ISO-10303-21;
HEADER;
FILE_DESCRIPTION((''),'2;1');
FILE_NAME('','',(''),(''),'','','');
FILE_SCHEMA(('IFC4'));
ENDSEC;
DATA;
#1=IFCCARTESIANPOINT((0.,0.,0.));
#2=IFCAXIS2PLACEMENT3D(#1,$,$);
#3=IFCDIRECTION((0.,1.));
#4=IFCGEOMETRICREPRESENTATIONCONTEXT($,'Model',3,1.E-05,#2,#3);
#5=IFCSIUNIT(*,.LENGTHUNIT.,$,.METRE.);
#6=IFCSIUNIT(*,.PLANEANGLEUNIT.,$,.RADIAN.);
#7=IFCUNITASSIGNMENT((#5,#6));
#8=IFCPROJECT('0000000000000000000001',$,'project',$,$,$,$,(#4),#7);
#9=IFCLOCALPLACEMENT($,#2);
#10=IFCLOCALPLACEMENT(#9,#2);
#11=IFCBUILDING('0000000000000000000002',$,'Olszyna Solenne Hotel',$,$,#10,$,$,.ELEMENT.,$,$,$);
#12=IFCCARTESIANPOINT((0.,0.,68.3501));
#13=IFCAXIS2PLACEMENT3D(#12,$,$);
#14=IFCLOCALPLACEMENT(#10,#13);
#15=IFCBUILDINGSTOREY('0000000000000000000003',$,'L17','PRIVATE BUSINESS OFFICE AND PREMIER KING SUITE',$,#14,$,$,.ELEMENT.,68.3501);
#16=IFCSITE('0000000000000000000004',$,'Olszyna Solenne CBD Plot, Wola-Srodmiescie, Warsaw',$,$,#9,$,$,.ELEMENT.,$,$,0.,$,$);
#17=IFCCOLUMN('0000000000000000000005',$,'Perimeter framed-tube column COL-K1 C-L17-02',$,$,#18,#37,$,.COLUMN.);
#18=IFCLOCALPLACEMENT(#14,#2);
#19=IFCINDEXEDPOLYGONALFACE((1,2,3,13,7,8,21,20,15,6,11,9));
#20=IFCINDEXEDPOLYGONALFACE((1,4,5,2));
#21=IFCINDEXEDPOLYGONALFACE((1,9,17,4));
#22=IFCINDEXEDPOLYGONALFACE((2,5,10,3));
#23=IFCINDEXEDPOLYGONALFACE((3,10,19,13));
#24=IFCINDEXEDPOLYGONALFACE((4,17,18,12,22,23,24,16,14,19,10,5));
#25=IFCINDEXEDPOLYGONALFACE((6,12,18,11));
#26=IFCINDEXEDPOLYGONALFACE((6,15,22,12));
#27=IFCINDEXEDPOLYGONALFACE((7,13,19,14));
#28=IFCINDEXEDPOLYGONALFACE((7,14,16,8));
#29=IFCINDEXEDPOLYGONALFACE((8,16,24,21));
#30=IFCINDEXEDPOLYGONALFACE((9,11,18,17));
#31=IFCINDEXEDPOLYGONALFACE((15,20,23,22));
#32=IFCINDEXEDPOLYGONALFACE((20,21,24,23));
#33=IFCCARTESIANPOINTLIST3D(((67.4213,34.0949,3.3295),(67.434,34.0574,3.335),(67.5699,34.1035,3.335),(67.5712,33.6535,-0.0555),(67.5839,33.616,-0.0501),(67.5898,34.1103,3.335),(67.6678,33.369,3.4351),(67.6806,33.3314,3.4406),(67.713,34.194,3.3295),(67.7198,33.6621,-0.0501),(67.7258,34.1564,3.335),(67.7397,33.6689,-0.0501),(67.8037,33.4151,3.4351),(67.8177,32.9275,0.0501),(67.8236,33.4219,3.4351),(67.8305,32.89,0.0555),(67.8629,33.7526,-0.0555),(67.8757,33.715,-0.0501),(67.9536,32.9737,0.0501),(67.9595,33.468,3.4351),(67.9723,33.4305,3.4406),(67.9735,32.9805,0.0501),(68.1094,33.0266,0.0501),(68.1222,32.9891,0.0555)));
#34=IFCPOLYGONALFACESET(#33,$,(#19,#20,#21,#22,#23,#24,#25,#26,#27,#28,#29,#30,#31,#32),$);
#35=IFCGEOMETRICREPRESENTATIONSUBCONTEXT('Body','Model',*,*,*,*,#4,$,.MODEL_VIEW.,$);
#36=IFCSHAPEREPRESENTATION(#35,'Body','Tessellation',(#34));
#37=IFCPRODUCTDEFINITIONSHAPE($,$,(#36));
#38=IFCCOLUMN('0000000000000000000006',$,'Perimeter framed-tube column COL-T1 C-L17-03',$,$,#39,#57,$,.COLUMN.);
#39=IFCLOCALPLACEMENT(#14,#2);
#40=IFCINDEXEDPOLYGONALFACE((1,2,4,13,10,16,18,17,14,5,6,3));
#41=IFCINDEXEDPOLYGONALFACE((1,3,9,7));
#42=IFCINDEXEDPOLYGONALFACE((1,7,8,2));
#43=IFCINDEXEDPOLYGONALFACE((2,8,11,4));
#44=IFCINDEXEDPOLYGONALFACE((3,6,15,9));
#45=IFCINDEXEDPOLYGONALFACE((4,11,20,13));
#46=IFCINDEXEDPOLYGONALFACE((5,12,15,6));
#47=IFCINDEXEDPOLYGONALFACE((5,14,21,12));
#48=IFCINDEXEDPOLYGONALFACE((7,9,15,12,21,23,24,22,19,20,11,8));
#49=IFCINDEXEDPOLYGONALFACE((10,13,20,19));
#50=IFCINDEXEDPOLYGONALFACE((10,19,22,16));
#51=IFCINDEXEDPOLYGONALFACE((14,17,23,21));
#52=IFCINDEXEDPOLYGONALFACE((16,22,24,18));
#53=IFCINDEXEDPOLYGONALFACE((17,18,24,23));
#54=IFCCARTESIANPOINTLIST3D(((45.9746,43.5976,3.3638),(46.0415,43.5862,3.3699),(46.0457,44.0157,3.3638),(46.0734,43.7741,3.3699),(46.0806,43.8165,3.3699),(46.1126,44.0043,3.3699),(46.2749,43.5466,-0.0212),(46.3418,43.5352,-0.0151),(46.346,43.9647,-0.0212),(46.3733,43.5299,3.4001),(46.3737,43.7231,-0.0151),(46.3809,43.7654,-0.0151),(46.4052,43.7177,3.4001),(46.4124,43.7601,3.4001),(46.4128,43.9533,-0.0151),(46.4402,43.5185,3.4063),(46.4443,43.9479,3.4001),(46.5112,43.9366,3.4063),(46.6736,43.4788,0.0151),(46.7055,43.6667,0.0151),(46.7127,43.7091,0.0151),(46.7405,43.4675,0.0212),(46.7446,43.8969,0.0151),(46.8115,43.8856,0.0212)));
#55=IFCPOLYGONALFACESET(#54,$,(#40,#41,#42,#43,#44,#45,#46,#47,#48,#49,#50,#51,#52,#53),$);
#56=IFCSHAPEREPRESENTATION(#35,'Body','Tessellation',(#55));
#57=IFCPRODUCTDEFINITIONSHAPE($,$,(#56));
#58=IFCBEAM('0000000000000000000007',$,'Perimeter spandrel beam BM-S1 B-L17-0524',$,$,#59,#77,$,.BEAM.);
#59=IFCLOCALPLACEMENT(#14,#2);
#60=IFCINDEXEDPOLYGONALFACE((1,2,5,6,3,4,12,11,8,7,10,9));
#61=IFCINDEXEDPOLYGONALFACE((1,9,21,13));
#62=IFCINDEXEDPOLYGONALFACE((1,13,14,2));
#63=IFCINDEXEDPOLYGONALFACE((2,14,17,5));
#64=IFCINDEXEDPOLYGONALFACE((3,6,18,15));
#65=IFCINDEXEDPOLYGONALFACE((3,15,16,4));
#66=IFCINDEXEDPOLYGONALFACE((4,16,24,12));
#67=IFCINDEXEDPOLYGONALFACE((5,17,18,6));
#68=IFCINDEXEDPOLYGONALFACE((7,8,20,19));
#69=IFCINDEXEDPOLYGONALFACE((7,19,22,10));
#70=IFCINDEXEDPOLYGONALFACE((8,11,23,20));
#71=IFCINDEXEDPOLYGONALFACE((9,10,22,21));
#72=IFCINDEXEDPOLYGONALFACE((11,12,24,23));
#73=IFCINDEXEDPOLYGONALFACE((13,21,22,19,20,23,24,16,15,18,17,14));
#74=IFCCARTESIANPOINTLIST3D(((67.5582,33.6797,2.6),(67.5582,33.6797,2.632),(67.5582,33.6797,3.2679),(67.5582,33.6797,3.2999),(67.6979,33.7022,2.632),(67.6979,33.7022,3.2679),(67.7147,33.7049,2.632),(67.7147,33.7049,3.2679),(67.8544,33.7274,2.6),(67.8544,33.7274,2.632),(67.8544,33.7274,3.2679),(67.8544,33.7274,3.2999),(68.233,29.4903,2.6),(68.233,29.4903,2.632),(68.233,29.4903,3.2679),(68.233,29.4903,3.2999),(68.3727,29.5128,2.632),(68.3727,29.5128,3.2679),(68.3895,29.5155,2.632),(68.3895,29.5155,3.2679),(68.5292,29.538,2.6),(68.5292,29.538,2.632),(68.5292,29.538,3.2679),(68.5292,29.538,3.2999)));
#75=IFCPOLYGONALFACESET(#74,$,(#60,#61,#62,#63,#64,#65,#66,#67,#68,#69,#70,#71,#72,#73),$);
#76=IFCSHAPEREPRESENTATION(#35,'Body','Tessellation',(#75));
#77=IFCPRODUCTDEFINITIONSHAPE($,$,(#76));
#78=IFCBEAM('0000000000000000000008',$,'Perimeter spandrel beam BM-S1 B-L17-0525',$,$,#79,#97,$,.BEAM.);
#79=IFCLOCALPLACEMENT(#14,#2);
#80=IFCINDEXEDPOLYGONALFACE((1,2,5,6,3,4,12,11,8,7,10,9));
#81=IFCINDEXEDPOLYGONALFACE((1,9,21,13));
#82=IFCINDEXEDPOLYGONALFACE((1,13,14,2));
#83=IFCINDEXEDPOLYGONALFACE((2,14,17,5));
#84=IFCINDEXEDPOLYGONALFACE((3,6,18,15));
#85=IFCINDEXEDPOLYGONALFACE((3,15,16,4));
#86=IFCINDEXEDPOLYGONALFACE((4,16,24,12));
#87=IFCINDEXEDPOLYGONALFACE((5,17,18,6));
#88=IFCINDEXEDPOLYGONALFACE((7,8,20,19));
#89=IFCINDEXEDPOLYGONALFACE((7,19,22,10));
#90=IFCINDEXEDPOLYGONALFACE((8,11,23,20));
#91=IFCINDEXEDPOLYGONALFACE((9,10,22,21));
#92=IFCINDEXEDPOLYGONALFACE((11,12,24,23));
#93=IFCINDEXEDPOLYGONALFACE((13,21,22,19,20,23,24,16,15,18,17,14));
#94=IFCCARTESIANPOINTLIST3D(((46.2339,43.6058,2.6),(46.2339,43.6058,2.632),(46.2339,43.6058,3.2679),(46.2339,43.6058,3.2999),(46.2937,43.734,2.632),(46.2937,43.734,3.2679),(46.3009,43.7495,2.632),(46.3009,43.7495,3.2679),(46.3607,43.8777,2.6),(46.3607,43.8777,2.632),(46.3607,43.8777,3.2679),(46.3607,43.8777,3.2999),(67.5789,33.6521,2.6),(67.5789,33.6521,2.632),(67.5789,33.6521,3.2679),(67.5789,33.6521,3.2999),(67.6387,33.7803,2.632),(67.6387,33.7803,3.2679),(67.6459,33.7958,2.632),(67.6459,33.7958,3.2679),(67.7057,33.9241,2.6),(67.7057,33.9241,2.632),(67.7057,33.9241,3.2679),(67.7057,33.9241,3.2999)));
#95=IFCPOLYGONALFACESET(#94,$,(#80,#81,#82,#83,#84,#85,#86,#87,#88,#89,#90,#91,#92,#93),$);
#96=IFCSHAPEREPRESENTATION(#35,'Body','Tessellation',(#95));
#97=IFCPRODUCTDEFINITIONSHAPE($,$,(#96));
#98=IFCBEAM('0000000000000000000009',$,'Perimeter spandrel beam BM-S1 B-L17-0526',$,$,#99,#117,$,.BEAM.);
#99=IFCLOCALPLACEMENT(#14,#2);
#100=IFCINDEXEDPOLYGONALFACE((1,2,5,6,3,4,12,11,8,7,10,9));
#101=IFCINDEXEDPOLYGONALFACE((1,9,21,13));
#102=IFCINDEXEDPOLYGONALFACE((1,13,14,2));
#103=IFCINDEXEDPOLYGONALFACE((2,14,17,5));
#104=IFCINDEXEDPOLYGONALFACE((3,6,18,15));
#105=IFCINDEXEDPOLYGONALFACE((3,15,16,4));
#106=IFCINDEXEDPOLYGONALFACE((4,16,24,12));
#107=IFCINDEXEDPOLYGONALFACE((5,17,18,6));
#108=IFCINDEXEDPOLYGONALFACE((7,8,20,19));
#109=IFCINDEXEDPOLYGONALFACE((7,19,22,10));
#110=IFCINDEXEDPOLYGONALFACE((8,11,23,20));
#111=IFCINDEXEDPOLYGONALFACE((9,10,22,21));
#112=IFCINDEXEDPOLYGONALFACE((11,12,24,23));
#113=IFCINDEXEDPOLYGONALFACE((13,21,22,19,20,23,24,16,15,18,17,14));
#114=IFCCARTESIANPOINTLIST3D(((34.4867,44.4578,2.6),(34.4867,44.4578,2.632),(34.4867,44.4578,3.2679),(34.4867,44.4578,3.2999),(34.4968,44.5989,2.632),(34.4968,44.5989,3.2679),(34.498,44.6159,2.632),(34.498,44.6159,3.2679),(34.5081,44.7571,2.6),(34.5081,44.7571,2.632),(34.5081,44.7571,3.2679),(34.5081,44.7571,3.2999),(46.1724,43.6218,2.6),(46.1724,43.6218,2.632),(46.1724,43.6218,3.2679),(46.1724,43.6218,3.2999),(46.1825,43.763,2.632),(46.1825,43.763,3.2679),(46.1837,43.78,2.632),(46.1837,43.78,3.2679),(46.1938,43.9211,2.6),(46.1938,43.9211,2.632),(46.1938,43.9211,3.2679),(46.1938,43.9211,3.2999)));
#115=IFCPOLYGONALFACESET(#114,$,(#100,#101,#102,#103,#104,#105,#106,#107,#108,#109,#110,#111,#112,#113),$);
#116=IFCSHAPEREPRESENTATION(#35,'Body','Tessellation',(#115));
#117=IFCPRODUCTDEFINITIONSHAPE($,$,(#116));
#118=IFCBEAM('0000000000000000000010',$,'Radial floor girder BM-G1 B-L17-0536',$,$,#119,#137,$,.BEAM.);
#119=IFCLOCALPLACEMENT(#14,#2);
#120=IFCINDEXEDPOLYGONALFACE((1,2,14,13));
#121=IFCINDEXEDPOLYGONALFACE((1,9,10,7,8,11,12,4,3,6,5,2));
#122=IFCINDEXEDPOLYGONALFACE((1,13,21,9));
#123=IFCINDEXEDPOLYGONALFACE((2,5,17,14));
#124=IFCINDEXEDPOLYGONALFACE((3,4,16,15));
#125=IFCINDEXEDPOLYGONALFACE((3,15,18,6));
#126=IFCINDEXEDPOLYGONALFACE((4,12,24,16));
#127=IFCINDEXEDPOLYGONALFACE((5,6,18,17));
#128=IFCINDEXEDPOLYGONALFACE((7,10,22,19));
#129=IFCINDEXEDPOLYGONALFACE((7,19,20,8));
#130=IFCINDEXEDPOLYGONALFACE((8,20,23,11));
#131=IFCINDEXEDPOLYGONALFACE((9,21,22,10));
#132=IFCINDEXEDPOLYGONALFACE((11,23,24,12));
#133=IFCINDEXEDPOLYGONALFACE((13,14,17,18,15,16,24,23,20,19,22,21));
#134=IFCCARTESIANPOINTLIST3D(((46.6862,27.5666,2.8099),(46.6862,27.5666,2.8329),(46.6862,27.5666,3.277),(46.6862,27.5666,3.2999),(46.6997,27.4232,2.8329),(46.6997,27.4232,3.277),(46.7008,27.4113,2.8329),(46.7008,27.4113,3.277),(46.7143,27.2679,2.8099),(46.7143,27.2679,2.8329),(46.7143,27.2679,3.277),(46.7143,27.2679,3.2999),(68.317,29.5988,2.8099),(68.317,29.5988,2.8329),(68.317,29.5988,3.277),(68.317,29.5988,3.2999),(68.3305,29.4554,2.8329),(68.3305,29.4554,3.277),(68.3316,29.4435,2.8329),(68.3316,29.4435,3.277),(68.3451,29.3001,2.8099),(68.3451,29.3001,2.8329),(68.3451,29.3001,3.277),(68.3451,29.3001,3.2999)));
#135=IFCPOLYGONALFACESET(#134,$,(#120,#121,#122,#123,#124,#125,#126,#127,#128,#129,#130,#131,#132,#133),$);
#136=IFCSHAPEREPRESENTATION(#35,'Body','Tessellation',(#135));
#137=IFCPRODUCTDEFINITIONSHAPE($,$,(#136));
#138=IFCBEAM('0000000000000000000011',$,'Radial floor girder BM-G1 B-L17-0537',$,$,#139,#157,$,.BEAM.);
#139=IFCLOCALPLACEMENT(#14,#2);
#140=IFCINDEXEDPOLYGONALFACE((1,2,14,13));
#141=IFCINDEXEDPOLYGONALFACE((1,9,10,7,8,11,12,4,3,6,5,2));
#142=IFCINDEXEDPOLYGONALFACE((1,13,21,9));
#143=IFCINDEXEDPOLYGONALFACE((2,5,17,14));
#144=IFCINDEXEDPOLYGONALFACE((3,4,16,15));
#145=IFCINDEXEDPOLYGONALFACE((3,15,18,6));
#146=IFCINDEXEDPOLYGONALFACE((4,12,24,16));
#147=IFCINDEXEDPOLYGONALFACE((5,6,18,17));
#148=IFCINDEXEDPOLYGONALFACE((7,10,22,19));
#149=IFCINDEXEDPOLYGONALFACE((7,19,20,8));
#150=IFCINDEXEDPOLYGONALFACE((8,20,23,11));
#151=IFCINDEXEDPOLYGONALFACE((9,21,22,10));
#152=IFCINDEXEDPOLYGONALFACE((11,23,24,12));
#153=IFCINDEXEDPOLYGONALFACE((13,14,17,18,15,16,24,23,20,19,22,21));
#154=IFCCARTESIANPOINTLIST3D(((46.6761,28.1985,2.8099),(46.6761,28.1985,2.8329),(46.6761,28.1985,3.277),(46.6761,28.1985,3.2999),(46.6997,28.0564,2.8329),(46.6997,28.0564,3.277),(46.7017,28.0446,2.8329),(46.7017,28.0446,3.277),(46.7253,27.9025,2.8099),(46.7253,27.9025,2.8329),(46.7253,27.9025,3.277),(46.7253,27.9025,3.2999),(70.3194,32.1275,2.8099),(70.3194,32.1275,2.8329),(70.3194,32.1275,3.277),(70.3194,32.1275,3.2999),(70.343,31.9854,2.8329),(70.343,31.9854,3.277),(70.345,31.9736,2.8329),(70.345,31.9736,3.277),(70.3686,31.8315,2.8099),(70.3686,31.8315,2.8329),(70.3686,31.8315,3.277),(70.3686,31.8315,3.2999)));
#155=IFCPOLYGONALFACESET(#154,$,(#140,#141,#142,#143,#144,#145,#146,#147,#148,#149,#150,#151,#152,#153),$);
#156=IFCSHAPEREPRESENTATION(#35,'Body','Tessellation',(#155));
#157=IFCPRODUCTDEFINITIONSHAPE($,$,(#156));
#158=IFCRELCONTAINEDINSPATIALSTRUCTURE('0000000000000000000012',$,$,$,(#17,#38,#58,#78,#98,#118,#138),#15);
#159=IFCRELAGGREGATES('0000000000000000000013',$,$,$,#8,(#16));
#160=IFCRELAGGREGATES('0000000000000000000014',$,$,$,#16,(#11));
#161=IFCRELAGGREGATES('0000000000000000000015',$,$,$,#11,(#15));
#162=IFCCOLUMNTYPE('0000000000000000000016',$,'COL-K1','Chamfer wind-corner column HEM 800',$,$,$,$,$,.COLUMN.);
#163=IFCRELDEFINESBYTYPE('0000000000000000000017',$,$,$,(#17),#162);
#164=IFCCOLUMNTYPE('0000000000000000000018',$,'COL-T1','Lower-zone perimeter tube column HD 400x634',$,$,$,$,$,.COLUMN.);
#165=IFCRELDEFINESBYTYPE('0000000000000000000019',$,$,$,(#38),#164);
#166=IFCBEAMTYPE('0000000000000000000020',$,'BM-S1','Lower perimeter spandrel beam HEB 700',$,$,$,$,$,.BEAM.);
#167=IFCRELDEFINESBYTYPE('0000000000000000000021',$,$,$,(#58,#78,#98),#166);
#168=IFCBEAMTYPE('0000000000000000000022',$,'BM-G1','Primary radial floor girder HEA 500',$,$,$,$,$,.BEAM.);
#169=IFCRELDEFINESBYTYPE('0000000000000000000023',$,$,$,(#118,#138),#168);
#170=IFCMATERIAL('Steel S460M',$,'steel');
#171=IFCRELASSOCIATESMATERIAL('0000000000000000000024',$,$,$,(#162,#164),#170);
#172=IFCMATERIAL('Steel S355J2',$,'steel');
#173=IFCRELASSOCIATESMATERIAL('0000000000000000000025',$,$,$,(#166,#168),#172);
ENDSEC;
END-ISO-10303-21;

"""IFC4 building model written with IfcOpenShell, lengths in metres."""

from ifc_helpers import new_model, si_unit, direction, frame, origin, origin_2d, place, context, subcontext, project, spatial, i_section, extrude, source, transform, mapped, material, material_profile, profile_set, type_object, element, save


model = new_model("IFC4")

# Units and contexts
model_context = context("Model", 3, precision=1e-05, world=origin(), true_north=direction((0.0, 1.0)))
body_context = subcontext(model_context, "Body", "Model", "MODEL_VIEW")
ifc_project = project(units=[si_unit("LENGTHUNIT", "METRE"), si_unit("PLANEANGLEUNIT", "RADIAN")], contexts=[model_context])

# Site, building, storey
site_placement = place(None, origin())
site = spatial("IfcSite", under=ifc_project, at=site_placement, Name="Olszyna Solenne CBD Plot, Wola-Srodmiescie, Warsaw", CompositionType="ELEMENT", RefElevation=0.0)
building_placement = place(site_placement, origin())
building = spatial("IfcBuilding", under=site, at=building_placement, Name="Olszyna Solenne Hotel", CompositionType="ELEMENT")
storey_placement = place(building_placement, frame((0.0, 0.0, 68.3501)))
storey = spatial("IfcBuildingStorey", under=building, at=storey_placement, Name="L17", Description="PRIVATE BUSINESS OFFICE AND PREMIER KING SUITE", CompositionType="ELEMENT", Elevation=68.3501)

# Columns
ifc_material_1 = material(Name="Steel S460M", Category="steel")
ifc_material_profile_1 = material_profile(ifc_material_1, i_section(OverallWidth=0.3081, OverallDepth=0.814, WebThickness=0.021, FlangeThickness=0.04, at=origin_2d()), Name="HEM 800", Category="load-bearing")
ifc_profile_set_1 = profile_set([ifc_material_profile_1], Name="Steel S460M")
column_type_1 = type_object("IfcColumnType", Name="COL-K1", Description="Chamfer wind-corner column HEM 800", PredefinedType="COLUMN", material=ifc_profile_set_1)
shared_shape_1 = source(origin(), body_context, "Body", "SweptSolid", [
    extrude(i_section(OverallWidth=0.3081, OverallDepth=0.814, WebThickness=0.021, FlangeThickness=0.04, at=origin_2d()), origin(), (0.0, 0.0, 1.0), 3.417),
])
column_1_placement = place(storey_placement, frame((67.8467, 33.3213, 0.0), z_axis=(-0.04387, 0.129181, 0.99065), x_axis=(-0.946888, -0.321565, 0.0)))
element("IfcColumn", 1, at=column_1_placement, inside=storey, type_object=column_type_1, Name="Perimeter framed-tube column COL-K1 C-L17-02", PredefinedType="COLUMN", context=body_context, shape_type="MappedRepresentation", body=[
    mapped(shared_shape_1, transform((0.0, 0.0, 0.0), x_axis=(1.0, 0.0, 0.0), y_axis=(0.0, 1.0, 0.0), z_axis=(0.0, 0.0, 1.0), scale=1.0)),
])
ifc_material_profile_2 = material_profile(ifc_material_1, i_section(OverallWidth=0.4241, OverallDepth=0.4741, WebThickness=0.043, FlangeThickness=0.0681, at=origin_2d()), Name="HD 400x634", Category="load-bearing")
ifc_profile_set_2 = profile_set([ifc_material_profile_2], Name="Steel S460M")
column_type_2 = type_object("IfcColumnType", Name="COL-T1", Description="Lower-zone perimeter tube column HD 400x634", PredefinedType="COLUMN", material=ifc_profile_set_2)
shared_shape_2 = source(origin(), body_context, "Body", "SweptSolid", [
    extrude(i_section(OverallWidth=0.4241, OverallDepth=0.4741, WebThickness=0.043, FlangeThickness=0.0681, at=origin_2d()), origin(), (0.0, 0.0, 1.0), 3.3987),
])
column_2_placement = place(storey_placement, frame((46.5432, 43.7161, 0.0), z_axis=(-0.088356, 0.015013, 0.995976), x_axis=(-0.167518, -0.985869, 0.0)))
element("IfcColumn", 2, at=column_2_placement, inside=storey, type_object=column_type_2, Name="Perimeter framed-tube column COL-T1 C-L17-03", PredefinedType="COLUMN", context=body_context, shape_type="MappedRepresentation", body=[
    mapped(shared_shape_2, transform((0.0, 0.0, 0.0), x_axis=(1.0, 0.0, 0.0), y_axis=(0.0, 1.0, 0.0), z_axis=(0.0, 0.0, 1.0), scale=1.0)),
])

# Beams
ifc_material_2 = material(Name="Steel S355J2", Category="steel")
ifc_material_profile_3 = material_profile(ifc_material_2, i_section(OverallWidth=0.3, OverallDepth=0.7, WebThickness=0.0171, FlangeThickness=0.032, at=origin_2d()), Name="HEB 700", Category="load-bearing")
ifc_profile_set_3 = profile_set([ifc_material_profile_3], Name="Steel S355J2")
beam_type_1 = type_object("IfcBeamType", Name="BM-S1", Description="Lower perimeter spandrel beam HEB 700", PredefinedType="BEAM", material=ifc_profile_set_3)
shared_shape_3 = source(origin(), body_context, "Body", "SweptSolid", [
    extrude(i_section(OverallWidth=0.3, OverallDepth=0.7, WebThickness=0.0171, FlangeThickness=0.032, at=origin_2d()), origin(), (0.0, 0.0, 1.0), 4.2434),
])
beam_1_placement = place(storey_placement, frame((68.3811, 29.5142, 2.95), z_axis=(-0.159023, 0.987275, 0.0), x_axis=(-0.987275, -0.159023, 0.0)))
element("IfcBeam", 3, at=beam_1_placement, inside=storey, type_object=beam_type_1, Name="Perimeter spandrel beam BM-S1 B-L17-0524", PredefinedType="BEAM", context=body_context, shape_type="MappedRepresentation", body=[
    mapped(shared_shape_3, transform((0.0, 0.0, 0.0), x_axis=(1.0, 0.0, 0.0), y_axis=(0.0, 1.0, 0.0), z_axis=(0.0, 0.0, 1.0), scale=1.0)),
])
shared_shape_4 = source(origin(), body_context, "Body", "SweptSolid", [
    extrude(i_section(OverallWidth=0.3, OverallDepth=0.7, WebThickness=0.0171, FlangeThickness=0.032, at=origin_2d()), origin(), (0.0, 0.0, 1.0), 23.5518),
])
beam_2_placement = place(storey_placement, frame((67.6423, 33.7881, 2.95), z_axis=(-0.906303, 0.422628, 0.0), x_axis=(-0.422628, -0.906303, 0.0)))
element("IfcBeam", 4, at=beam_2_placement, inside=storey, type_object=beam_type_1, Name="Perimeter spandrel beam BM-S1 B-L17-0525", PredefinedType="BEAM", context=body_context, shape_type="MappedRepresentation", body=[
    mapped(shared_shape_4, transform((0.0, 0.0, 0.0), x_axis=(1.0, 0.0, 0.0), y_axis=(0.0, 1.0, 0.0), z_axis=(0.0, 0.0, 1.0), scale=1.0)),
])
shared_shape_5 = source(origin(), body_context, "Body", "SweptSolid", [
    extrude(i_section(OverallWidth=0.3, OverallDepth=0.7, WebThickness=0.0171, FlangeThickness=0.032, at=origin_2d()), origin(), (0.0, 0.0, 1.0), 11.7156),
])
beam_3_placement = place(storey_placement, frame((46.1831, 43.7715, 2.95), z_axis=(-0.997451, 0.071352, 0.0), x_axis=(-0.071352, -0.997451, 0.0)))
element("IfcBeam", 5, at=beam_3_placement, inside=storey, type_object=beam_type_1, Name="Perimeter spandrel beam BM-S1 B-L17-0526", PredefinedType="BEAM", context=body_context, shape_type="MappedRepresentation", body=[
    mapped(shared_shape_5, transform((0.0, 0.0, 0.0), x_axis=(1.0, 0.0, 0.0), y_axis=(0.0, 1.0, 0.0), z_axis=(0.0, 0.0, 1.0), scale=1.0)),
])
ifc_material_profile_4 = material_profile(ifc_material_2, i_section(OverallWidth=0.3, OverallDepth=0.49, WebThickness=0.012, FlangeThickness=0.0229, at=origin_2d()), Name="HEA 500", Category="load-bearing")
ifc_profile_set_4 = profile_set([ifc_material_profile_4], Name="Steel S355J2")
beam_type_2 = type_object("IfcBeamType", Name="BM-G1", Description="Primary radial floor girder HEA 500", PredefinedType="BEAM", material=ifc_profile_set_4)
shared_shape_6 = source(origin(), body_context, "Body", "SweptSolid", [
    extrude(i_section(OverallWidth=0.3, OverallDepth=0.49, WebThickness=0.012, FlangeThickness=0.0229, at=origin_2d()), origin(), (0.0, 0.0, 1.0), 21.7261),
])
beam_4_placement = place(storey_placement, frame((68.3311, 29.4495, 3.0549), z_axis=(-0.995616, -0.093538, 0.0), x_axis=(0.093538, -0.995616, 0.0)))
element("IfcBeam", 6, at=beam_4_placement, inside=storey, type_object=beam_type_2, Name="Radial floor girder BM-G1 B-L17-0536", PredefinedType="BEAM", context=body_context, shape_type="MappedRepresentation", body=[
    mapped(shared_shape_6, transform((0.0, 0.0, 0.0), x_axis=(1.0, 0.0, 0.0), y_axis=(0.0, 1.0, 0.0), z_axis=(0.0, 0.0, 1.0), scale=1.0)),
])
shared_shape_7 = source(origin(), body_context, "Body", "SweptSolid", [
    extrude(i_section(OverallWidth=0.3, OverallDepth=0.49, WebThickness=0.012, FlangeThickness=0.0229, at=origin_2d()), origin(), (0.0, 0.0, 1.0), 23.9675),
])
beam_5_placement = place(storey_placement, frame((70.344, 31.9795, 3.0549), z_axis=(-0.986472, -0.163928, 0.0), x_axis=(0.163928, -0.986472, 0.0)))
element("IfcBeam", 7, at=beam_5_placement, inside=storey, type_object=beam_type_2, Name="Radial floor girder BM-G1 B-L17-0537", PredefinedType="BEAM", context=body_context, shape_type="MappedRepresentation", body=[
    mapped(shared_shape_7, transform((0.0, 0.0, 0.0), x_axis=(1.0, 0.0, 0.0), y_axis=(0.0, 1.0, 0.0), z_axis=(0.0, 0.0, 1.0), scale=1.0)),
])

save(model, "model.ifc")
